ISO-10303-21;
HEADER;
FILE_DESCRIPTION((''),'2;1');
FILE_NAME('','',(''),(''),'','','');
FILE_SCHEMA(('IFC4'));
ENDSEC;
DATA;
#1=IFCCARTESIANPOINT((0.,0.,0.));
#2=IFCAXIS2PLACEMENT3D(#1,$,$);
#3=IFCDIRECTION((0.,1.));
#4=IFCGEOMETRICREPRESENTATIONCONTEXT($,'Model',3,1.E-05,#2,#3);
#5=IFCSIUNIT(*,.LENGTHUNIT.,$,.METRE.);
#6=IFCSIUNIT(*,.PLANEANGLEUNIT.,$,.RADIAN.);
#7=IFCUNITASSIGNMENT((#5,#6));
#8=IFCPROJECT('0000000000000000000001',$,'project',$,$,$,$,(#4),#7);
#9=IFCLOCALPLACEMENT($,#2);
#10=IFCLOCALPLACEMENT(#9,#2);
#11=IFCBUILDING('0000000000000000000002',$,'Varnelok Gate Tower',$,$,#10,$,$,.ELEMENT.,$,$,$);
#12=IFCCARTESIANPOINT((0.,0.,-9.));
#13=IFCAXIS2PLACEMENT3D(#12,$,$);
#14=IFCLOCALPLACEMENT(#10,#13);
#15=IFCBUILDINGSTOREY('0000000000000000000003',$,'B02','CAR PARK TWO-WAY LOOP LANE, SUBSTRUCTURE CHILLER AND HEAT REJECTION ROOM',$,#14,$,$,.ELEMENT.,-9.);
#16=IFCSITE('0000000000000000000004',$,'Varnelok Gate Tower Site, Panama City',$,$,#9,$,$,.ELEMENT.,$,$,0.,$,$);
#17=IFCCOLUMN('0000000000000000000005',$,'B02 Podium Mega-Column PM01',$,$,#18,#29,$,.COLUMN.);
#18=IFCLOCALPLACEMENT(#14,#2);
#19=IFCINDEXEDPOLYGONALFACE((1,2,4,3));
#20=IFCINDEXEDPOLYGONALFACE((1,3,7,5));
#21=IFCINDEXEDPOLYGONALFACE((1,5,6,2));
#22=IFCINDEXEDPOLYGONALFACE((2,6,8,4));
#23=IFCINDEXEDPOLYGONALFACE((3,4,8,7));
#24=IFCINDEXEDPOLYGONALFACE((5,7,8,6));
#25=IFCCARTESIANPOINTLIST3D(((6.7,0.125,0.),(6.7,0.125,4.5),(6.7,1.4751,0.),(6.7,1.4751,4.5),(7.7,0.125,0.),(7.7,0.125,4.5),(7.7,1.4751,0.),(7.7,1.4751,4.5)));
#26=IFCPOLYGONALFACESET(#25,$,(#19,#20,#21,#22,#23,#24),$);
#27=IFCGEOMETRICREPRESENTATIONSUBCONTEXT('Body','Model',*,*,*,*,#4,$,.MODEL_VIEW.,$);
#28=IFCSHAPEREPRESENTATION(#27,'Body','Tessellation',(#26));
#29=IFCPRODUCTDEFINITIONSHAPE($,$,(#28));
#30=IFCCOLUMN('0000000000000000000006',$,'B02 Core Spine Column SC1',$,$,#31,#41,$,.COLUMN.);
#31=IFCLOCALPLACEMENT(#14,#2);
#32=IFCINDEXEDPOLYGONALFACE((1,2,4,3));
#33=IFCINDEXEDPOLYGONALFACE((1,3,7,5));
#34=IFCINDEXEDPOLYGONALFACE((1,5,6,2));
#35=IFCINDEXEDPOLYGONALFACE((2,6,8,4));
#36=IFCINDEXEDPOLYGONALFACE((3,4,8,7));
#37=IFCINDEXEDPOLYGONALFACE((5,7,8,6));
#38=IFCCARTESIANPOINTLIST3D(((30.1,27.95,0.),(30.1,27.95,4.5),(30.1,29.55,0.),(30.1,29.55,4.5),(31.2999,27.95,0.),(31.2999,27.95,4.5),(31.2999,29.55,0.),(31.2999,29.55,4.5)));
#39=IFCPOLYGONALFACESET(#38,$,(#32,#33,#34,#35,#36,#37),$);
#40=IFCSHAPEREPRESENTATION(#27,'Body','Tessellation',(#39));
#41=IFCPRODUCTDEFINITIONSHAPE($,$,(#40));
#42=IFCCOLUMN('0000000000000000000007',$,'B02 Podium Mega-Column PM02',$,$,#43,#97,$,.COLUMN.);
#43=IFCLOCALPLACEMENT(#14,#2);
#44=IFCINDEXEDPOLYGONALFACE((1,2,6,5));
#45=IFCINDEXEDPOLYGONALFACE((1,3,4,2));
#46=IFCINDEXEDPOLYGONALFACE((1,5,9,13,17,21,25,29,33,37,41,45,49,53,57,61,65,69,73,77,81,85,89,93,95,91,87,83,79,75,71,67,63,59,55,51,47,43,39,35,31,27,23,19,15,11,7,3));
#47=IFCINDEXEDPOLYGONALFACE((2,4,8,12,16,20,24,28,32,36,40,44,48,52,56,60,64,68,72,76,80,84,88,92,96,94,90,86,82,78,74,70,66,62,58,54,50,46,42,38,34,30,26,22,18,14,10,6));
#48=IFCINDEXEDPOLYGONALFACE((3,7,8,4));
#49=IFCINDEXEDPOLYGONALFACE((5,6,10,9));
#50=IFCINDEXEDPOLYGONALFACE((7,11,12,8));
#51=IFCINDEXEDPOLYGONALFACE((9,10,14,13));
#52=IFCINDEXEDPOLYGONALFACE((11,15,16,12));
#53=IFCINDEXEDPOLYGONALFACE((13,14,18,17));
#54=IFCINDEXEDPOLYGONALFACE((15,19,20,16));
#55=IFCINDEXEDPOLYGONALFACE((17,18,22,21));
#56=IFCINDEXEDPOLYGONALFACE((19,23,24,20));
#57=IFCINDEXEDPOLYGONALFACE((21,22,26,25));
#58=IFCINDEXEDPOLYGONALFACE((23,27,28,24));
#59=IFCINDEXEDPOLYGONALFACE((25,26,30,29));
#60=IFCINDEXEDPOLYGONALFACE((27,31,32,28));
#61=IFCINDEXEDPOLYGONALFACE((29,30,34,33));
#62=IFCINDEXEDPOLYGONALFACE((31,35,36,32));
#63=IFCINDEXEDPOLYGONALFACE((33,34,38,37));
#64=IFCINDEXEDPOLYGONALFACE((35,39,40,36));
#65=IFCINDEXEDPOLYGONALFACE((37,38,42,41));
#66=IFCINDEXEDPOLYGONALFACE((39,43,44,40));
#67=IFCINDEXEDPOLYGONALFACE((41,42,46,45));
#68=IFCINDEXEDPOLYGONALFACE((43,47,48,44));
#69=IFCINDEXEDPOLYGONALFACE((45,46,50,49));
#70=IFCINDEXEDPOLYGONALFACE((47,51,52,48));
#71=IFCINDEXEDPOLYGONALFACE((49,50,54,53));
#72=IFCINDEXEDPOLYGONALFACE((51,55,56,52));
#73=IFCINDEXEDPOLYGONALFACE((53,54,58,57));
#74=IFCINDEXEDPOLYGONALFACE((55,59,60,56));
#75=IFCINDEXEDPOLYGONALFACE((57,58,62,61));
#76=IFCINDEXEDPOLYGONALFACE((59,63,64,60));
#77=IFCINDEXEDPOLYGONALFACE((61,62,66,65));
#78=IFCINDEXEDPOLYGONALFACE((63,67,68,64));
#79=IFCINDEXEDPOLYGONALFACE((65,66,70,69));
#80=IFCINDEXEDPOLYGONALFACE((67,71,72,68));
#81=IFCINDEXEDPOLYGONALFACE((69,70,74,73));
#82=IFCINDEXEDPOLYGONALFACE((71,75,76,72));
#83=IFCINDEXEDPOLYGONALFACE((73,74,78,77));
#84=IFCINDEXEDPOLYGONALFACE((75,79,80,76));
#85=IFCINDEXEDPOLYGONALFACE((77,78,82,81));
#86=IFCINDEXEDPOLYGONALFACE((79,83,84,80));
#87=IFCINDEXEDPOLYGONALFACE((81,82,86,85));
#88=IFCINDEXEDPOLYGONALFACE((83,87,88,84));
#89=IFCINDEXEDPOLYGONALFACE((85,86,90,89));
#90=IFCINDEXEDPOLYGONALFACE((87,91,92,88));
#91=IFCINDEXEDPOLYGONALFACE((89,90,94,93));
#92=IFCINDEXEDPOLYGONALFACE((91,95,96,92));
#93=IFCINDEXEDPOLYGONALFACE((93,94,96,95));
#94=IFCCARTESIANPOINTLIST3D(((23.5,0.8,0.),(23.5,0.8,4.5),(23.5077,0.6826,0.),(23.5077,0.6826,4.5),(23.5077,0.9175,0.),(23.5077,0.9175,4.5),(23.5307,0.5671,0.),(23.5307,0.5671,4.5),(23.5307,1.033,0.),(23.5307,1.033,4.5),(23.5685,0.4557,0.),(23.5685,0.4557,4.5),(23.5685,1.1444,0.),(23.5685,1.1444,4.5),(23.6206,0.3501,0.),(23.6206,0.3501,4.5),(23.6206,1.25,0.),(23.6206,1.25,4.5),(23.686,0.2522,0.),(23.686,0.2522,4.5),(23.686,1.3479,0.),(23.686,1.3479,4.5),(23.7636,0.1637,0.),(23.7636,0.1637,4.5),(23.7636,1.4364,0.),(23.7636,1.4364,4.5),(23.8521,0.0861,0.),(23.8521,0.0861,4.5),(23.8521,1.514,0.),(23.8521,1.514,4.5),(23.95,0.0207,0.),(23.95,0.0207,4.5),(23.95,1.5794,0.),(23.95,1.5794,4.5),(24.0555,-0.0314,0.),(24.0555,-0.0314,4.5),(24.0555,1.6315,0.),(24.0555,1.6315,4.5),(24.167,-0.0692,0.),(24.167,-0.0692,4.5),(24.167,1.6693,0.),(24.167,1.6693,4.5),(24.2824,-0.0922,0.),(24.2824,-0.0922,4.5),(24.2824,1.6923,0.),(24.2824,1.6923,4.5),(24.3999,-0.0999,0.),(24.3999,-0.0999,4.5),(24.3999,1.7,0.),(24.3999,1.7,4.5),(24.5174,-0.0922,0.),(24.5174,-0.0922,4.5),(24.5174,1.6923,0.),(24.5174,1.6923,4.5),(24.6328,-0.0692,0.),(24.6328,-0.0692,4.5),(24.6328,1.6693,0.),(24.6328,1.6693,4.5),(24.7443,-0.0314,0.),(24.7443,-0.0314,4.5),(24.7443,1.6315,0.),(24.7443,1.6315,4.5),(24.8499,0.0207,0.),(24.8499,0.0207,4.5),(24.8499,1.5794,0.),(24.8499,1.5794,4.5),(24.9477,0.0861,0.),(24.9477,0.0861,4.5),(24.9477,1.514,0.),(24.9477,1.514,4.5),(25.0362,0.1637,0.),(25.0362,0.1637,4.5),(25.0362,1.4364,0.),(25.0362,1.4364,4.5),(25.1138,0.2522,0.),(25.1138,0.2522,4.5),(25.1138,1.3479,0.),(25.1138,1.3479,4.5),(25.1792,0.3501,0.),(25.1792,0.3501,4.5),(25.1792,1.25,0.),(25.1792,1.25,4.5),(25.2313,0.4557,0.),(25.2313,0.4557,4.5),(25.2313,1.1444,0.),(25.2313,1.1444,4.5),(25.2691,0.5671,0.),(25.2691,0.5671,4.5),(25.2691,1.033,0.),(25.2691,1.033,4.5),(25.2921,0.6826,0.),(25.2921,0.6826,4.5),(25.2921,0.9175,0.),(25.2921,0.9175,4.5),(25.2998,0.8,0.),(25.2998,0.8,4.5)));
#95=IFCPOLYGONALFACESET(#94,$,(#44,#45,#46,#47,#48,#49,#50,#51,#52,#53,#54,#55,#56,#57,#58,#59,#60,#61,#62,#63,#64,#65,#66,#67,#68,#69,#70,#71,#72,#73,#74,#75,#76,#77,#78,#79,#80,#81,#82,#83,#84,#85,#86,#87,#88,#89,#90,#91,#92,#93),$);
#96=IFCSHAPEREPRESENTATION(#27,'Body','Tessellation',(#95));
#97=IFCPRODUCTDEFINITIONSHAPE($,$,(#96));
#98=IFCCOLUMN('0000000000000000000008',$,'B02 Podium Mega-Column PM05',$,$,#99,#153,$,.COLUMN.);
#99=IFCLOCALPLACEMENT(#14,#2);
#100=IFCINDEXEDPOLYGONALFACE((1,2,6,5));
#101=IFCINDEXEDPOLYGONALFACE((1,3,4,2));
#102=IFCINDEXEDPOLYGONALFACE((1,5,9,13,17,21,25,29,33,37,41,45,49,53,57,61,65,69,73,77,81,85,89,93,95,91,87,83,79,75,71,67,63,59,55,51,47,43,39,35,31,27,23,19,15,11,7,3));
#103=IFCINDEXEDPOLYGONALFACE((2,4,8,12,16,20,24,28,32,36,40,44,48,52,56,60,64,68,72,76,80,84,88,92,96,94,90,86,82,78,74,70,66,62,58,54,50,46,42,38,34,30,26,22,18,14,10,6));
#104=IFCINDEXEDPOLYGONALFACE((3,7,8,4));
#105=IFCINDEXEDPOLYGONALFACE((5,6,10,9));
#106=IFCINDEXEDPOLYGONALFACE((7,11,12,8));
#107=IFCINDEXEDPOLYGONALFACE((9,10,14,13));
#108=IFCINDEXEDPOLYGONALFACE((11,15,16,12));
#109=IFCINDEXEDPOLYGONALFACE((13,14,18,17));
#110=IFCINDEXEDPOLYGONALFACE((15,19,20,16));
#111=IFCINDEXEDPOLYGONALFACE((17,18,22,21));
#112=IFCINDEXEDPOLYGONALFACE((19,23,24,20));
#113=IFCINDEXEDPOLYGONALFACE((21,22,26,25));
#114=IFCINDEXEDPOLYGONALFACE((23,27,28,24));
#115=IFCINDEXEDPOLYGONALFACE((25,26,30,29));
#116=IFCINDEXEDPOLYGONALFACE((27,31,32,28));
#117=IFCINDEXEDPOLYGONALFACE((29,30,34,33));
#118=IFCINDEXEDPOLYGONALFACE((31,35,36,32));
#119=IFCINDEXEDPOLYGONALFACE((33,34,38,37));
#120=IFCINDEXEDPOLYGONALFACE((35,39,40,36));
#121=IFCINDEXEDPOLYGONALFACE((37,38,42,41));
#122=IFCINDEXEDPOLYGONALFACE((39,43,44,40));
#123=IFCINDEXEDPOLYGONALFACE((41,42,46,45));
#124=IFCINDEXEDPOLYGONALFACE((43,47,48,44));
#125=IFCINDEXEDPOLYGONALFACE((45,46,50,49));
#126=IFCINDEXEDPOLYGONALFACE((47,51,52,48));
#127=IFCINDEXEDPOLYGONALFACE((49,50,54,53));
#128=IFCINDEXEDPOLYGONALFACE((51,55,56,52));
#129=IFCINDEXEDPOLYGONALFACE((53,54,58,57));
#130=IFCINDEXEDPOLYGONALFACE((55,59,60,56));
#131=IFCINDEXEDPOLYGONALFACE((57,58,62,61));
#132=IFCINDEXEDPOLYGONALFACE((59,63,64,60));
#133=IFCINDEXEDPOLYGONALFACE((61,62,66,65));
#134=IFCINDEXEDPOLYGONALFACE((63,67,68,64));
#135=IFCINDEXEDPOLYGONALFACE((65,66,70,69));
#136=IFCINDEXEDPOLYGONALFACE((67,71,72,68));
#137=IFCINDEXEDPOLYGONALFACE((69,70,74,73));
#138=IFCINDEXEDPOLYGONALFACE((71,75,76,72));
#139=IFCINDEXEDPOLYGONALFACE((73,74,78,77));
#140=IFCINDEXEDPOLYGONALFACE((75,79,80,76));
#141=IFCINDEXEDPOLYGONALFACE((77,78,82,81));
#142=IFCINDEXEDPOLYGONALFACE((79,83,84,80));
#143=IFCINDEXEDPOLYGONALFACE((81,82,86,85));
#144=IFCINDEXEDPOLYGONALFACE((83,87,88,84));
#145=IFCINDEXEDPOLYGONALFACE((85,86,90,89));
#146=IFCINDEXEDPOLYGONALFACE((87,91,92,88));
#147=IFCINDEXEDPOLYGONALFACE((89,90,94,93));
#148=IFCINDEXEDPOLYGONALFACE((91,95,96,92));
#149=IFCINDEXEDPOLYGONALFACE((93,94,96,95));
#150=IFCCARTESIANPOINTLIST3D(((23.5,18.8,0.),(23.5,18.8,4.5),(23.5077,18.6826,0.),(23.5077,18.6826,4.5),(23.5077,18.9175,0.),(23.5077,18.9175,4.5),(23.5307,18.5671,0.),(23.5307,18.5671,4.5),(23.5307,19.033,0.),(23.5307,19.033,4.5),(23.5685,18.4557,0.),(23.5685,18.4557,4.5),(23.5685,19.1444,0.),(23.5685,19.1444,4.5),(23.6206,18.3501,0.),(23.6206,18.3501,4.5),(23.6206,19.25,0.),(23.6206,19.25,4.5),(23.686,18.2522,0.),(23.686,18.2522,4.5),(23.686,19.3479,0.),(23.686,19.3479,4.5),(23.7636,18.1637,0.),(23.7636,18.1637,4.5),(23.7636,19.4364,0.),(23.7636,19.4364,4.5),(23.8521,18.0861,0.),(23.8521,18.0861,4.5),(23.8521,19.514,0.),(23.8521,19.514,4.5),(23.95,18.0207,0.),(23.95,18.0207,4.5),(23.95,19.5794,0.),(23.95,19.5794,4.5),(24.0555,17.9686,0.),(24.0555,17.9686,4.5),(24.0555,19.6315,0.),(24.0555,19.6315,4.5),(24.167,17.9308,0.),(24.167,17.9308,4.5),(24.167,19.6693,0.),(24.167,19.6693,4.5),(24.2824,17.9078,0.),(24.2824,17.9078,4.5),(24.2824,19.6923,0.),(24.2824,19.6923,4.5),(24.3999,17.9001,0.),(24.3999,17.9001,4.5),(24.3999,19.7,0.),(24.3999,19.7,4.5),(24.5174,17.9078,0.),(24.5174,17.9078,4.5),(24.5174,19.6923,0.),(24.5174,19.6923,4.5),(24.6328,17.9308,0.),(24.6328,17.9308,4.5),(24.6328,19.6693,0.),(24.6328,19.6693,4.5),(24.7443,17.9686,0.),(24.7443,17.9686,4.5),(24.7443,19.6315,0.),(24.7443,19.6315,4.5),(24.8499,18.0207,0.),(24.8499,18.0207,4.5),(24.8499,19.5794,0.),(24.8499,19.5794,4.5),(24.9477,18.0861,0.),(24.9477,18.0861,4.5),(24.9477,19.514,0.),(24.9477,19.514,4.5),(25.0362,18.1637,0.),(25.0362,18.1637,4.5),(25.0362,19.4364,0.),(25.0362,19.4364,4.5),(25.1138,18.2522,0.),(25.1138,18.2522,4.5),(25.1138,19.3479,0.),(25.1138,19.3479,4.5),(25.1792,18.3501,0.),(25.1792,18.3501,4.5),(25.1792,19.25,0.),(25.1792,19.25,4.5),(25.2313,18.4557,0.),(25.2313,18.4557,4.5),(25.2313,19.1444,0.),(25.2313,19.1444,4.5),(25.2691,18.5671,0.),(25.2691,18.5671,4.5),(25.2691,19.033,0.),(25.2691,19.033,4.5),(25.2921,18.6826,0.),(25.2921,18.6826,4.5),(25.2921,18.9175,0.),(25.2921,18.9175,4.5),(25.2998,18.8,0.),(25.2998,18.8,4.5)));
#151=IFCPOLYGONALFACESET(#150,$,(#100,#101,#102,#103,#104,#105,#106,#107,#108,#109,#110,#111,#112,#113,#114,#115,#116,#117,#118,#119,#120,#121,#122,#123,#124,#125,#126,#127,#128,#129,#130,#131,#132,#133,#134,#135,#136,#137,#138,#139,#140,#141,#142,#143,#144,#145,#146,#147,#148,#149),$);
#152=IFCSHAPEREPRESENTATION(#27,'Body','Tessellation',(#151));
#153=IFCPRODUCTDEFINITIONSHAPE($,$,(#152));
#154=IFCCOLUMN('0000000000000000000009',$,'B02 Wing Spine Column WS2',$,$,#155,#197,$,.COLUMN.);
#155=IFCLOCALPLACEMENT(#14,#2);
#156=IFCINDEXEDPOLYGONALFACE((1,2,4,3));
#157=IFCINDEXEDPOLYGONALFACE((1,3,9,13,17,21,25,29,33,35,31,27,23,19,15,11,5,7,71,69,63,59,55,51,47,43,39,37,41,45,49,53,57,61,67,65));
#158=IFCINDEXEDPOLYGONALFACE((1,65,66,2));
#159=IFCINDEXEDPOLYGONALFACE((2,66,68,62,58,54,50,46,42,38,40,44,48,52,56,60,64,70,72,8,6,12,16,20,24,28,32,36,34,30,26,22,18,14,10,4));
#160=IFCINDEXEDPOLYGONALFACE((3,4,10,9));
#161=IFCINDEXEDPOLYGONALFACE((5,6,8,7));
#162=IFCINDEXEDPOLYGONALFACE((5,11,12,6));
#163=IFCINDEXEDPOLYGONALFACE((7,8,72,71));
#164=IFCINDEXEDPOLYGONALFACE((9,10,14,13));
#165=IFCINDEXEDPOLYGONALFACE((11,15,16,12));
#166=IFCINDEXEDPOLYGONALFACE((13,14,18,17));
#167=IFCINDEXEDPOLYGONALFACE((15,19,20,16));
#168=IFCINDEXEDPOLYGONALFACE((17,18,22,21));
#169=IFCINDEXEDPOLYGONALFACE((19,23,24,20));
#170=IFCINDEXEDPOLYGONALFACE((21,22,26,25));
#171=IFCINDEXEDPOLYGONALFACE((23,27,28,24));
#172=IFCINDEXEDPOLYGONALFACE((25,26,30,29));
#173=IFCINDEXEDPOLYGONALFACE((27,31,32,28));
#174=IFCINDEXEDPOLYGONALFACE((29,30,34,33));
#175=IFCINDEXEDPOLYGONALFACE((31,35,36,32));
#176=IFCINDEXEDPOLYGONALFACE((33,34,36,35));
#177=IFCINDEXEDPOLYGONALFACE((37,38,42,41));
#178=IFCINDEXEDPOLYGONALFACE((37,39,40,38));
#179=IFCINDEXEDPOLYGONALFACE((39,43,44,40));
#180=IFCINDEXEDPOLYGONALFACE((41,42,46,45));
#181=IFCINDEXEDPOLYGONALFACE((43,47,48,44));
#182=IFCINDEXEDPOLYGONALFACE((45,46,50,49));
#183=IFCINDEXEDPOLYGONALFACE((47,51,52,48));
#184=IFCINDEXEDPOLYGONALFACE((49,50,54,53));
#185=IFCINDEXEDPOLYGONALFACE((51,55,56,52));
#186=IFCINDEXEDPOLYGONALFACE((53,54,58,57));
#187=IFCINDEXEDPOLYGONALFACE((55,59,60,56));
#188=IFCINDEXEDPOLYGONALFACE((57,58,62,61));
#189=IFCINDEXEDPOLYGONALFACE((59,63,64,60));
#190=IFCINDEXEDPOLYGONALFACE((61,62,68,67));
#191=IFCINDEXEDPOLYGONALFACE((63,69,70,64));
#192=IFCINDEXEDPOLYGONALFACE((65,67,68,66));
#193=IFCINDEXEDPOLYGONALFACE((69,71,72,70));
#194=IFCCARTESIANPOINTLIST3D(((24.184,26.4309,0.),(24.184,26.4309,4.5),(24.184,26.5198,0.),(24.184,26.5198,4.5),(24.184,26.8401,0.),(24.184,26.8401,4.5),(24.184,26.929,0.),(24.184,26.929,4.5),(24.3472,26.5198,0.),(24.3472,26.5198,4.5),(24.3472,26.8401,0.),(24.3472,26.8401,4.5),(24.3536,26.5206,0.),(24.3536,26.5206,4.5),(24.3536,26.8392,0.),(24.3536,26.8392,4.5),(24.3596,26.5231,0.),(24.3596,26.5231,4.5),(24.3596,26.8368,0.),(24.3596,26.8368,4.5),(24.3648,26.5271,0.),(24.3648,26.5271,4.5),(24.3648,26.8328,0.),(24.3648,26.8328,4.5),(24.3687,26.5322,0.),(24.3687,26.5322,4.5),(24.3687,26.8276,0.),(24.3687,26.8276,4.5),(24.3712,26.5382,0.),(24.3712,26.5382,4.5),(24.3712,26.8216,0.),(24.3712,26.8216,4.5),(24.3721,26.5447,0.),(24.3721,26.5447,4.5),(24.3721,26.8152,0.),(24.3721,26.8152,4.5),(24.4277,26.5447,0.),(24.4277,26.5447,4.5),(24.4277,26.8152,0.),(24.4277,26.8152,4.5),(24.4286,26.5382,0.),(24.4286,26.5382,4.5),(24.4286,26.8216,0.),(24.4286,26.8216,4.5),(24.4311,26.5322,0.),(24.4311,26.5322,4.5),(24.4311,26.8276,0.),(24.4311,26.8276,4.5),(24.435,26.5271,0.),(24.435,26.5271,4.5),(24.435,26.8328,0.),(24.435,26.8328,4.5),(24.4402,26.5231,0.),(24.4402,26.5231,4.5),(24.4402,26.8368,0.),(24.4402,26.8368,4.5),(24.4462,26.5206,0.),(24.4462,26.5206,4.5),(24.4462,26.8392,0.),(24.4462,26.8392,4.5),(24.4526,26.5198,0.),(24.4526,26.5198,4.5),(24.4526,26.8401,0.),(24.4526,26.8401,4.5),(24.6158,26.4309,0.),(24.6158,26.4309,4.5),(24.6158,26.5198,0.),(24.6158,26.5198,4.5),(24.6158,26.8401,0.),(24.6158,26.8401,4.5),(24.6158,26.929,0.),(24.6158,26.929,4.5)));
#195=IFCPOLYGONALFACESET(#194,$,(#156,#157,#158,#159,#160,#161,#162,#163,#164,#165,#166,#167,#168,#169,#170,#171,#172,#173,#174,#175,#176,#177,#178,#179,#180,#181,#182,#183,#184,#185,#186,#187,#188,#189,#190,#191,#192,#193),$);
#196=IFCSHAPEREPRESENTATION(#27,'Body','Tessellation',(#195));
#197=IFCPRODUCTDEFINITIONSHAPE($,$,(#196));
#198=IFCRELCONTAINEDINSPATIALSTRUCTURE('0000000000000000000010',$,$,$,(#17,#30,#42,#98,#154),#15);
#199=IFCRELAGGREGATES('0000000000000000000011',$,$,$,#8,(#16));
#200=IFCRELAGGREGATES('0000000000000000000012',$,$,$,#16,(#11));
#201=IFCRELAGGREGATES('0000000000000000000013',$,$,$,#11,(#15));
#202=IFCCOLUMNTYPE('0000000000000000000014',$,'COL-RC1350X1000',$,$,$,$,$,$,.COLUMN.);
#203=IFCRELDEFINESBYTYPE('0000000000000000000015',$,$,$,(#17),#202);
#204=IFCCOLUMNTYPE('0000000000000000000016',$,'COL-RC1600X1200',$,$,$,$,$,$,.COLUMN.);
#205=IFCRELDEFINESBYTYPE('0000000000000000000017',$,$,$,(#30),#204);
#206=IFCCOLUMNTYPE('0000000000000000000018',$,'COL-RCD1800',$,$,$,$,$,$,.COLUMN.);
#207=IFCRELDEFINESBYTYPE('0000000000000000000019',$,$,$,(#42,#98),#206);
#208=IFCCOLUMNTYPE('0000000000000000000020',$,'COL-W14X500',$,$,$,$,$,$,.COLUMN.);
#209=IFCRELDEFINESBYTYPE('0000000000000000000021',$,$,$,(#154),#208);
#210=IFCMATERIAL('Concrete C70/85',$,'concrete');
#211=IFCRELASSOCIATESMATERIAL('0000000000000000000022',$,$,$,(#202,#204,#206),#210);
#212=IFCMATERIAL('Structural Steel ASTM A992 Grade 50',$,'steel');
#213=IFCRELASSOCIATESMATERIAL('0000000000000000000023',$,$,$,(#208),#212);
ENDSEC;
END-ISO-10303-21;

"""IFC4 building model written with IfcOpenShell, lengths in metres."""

from ifc_helpers import new_model, si_unit, direction, frame, origin, origin_2d, place, context, subcontext, project, spatial, rectangle, circle, i_section, extrude, material, material_profile, profile_set, type_object, element, save


model = new_model("IFC4")

# Units and contexts
model_context = context("Model", 3, precision=1e-05, world=origin(), true_north=direction((0.0, 1.0)))
body_context = subcontext(model_context, "Body", "Model", "MODEL_VIEW")
ifc_project = project(units=[si_unit("LENGTHUNIT", "METRE"), si_unit("PLANEANGLEUNIT", "RADIAN")], contexts=[model_context])

# Site, building, storey
site_placement = place(None, origin())
site = spatial("IfcSite", under=ifc_project, at=site_placement, Name="Varnelok Gate Tower Site, Panama City", CompositionType="ELEMENT", RefElevation=0.0)
building_placement = place(site_placement, origin())
building = spatial("IfcBuilding", under=site, at=building_placement, Name="Varnelok Gate Tower", CompositionType="ELEMENT")
storey_placement = place(building_placement, frame((0.0, 0.0, -9.0)))
storey = spatial("IfcBuildingStorey", under=building, at=storey_placement, Name="B02", Description="CAR PARK TWO-WAY LOOP LANE, SUBSTRUCTURE CHILLER AND HEAT REJECTION ROOM", CompositionType="ELEMENT", Elevation=-9.0)

# Columns
ifc_material_1 = material(Name="Concrete C70/85", Category="concrete")
ifc_material_profile_1 = material_profile(ifc_material_1, rectangle(XDim=1.0, YDim=1.3501, at=origin_2d()), Name="RC1350X1000")
ifc_profile_set_1 = profile_set([ifc_material_profile_1], Name="Concrete C70/85")
column_type_1 = type_object("IfcColumnType", Name="COL-RC1350X1000", PredefinedType="COLUMN", material=ifc_profile_set_1)
column_1_placement = place(storey_placement, frame((7.2, 0.8, 0.0), z_axis=(0.0, 0.0, 1.0), x_axis=(1.0, 0.0, 0.0)))
element("IfcColumn", 1, at=column_1_placement, inside=storey, type_object=column_type_1, Name="B02 Podium Mega-Column PM01", PredefinedType="COLUMN", context=body_context, shape_type="SweptSolid", body=[
    extrude(rectangle(XDim=1.0, YDim=1.3501, at=origin_2d()), origin(), (0.0, 0.0, 1.0), 4.5),
])
ifc_material_profile_2 = material_profile(ifc_material_1, rectangle(XDim=1.2, YDim=1.6001, at=origin_2d()), Name="RC1600X1200")
ifc_profile_set_2 = profile_set([ifc_material_profile_2], Name="Concrete C70/85")
column_type_2 = type_object("IfcColumnType", Name="COL-RC1600X1200", PredefinedType="COLUMN", material=ifc_profile_set_2)
column_2_placement = place(storey_placement, frame((30.7, 28.75, 0.0), z_axis=(0.0, 0.0, 1.0), x_axis=(1.0, 0.0, 0.0)))
element("IfcColumn", 2, at=column_2_placement, inside=storey, type_object=column_type_2, Name="B02 Core Spine Column SC1", PredefinedType="COLUMN", context=body_context, shape_type="SweptSolid", body=[
    extrude(rectangle(XDim=1.2, YDim=1.6001, at=origin_2d()), origin(), (0.0, 0.0, 1.0), 4.5),
])
ifc_material_profile_3 = material_profile(ifc_material_1, circle(Radius=0.8999, at=origin_2d()), Name="RCD1800")
ifc_profile_set_3 = profile_set([ifc_material_profile_3], Name="Concrete C70/85")
column_type_3 = type_object("IfcColumnType", Name="COL-RCD1800", PredefinedType="COLUMN", material=ifc_profile_set_3)
for number, where, z_axis, x_axis, name in (
    (3, (24.3999, 0.8, 0.0), (0.0, 0.0, 1.0), (1.0, 0.0, 0.0), "B02 Podium Mega-Column PM02"),
    (4, (24.3999, 18.8, 0.0), (0.0, 0.0, 1.0), (1.0, 0.0, 0.0), "B02 Podium Mega-Column PM05"),
):
    element("IfcColumn", number, at=place(storey_placement, frame(where, z_axis=z_axis, x_axis=x_axis)), inside=storey, type_object=column_type_3, Name=name, PredefinedType="COLUMN", context=body_context, shape_type="SweptSolid", body=[
        extrude(circle(Radius=0.8999, at=origin_2d()), origin(), (0.0, 0.0, 1.0), 4.5),
    ])
ifc_material_2 = material(Name="Structural Steel ASTM A992 Grade 50", Category="steel")
ifc_material_profile_4 = material_profile(ifc_material_2, i_section(OverallWidth=0.4319, OverallDepth=0.498, WebThickness=0.0557, FlangeThickness=0.0889, FilletRadius=0.0249, at=origin_2d()), Name="W14X500")
ifc_profile_set_4 = profile_set([ifc_material_profile_4], Name="Structural Steel ASTM A992 Grade 50")
column_type_4 = type_object("IfcColumnType", Name="COL-W14X500", PredefinedType="COLUMN", material=ifc_profile_set_4)
column_3_placement = place(storey_placement, frame((24.3999, 26.6799, 0.0), z_axis=(0.0, 0.0, 1.0), x_axis=(1.0, 0.0, 0.0)))
element("IfcColumn", 5, at=column_3_placement, inside=storey, type_object=column_type_4, Name="B02 Wing Spine Column WS2", PredefinedType="COLUMN", context=body_context, shape_type="SweptSolid", body=[
    extrude(i_section(OverallWidth=0.4319, OverallDepth=0.498, WebThickness=0.0557, FlangeThickness=0.0889, FilletRadius=0.0249, at=origin_2d()), origin(), (0.0, 0.0, 1.0), 4.5),
])

save(model, "model.ifc")
